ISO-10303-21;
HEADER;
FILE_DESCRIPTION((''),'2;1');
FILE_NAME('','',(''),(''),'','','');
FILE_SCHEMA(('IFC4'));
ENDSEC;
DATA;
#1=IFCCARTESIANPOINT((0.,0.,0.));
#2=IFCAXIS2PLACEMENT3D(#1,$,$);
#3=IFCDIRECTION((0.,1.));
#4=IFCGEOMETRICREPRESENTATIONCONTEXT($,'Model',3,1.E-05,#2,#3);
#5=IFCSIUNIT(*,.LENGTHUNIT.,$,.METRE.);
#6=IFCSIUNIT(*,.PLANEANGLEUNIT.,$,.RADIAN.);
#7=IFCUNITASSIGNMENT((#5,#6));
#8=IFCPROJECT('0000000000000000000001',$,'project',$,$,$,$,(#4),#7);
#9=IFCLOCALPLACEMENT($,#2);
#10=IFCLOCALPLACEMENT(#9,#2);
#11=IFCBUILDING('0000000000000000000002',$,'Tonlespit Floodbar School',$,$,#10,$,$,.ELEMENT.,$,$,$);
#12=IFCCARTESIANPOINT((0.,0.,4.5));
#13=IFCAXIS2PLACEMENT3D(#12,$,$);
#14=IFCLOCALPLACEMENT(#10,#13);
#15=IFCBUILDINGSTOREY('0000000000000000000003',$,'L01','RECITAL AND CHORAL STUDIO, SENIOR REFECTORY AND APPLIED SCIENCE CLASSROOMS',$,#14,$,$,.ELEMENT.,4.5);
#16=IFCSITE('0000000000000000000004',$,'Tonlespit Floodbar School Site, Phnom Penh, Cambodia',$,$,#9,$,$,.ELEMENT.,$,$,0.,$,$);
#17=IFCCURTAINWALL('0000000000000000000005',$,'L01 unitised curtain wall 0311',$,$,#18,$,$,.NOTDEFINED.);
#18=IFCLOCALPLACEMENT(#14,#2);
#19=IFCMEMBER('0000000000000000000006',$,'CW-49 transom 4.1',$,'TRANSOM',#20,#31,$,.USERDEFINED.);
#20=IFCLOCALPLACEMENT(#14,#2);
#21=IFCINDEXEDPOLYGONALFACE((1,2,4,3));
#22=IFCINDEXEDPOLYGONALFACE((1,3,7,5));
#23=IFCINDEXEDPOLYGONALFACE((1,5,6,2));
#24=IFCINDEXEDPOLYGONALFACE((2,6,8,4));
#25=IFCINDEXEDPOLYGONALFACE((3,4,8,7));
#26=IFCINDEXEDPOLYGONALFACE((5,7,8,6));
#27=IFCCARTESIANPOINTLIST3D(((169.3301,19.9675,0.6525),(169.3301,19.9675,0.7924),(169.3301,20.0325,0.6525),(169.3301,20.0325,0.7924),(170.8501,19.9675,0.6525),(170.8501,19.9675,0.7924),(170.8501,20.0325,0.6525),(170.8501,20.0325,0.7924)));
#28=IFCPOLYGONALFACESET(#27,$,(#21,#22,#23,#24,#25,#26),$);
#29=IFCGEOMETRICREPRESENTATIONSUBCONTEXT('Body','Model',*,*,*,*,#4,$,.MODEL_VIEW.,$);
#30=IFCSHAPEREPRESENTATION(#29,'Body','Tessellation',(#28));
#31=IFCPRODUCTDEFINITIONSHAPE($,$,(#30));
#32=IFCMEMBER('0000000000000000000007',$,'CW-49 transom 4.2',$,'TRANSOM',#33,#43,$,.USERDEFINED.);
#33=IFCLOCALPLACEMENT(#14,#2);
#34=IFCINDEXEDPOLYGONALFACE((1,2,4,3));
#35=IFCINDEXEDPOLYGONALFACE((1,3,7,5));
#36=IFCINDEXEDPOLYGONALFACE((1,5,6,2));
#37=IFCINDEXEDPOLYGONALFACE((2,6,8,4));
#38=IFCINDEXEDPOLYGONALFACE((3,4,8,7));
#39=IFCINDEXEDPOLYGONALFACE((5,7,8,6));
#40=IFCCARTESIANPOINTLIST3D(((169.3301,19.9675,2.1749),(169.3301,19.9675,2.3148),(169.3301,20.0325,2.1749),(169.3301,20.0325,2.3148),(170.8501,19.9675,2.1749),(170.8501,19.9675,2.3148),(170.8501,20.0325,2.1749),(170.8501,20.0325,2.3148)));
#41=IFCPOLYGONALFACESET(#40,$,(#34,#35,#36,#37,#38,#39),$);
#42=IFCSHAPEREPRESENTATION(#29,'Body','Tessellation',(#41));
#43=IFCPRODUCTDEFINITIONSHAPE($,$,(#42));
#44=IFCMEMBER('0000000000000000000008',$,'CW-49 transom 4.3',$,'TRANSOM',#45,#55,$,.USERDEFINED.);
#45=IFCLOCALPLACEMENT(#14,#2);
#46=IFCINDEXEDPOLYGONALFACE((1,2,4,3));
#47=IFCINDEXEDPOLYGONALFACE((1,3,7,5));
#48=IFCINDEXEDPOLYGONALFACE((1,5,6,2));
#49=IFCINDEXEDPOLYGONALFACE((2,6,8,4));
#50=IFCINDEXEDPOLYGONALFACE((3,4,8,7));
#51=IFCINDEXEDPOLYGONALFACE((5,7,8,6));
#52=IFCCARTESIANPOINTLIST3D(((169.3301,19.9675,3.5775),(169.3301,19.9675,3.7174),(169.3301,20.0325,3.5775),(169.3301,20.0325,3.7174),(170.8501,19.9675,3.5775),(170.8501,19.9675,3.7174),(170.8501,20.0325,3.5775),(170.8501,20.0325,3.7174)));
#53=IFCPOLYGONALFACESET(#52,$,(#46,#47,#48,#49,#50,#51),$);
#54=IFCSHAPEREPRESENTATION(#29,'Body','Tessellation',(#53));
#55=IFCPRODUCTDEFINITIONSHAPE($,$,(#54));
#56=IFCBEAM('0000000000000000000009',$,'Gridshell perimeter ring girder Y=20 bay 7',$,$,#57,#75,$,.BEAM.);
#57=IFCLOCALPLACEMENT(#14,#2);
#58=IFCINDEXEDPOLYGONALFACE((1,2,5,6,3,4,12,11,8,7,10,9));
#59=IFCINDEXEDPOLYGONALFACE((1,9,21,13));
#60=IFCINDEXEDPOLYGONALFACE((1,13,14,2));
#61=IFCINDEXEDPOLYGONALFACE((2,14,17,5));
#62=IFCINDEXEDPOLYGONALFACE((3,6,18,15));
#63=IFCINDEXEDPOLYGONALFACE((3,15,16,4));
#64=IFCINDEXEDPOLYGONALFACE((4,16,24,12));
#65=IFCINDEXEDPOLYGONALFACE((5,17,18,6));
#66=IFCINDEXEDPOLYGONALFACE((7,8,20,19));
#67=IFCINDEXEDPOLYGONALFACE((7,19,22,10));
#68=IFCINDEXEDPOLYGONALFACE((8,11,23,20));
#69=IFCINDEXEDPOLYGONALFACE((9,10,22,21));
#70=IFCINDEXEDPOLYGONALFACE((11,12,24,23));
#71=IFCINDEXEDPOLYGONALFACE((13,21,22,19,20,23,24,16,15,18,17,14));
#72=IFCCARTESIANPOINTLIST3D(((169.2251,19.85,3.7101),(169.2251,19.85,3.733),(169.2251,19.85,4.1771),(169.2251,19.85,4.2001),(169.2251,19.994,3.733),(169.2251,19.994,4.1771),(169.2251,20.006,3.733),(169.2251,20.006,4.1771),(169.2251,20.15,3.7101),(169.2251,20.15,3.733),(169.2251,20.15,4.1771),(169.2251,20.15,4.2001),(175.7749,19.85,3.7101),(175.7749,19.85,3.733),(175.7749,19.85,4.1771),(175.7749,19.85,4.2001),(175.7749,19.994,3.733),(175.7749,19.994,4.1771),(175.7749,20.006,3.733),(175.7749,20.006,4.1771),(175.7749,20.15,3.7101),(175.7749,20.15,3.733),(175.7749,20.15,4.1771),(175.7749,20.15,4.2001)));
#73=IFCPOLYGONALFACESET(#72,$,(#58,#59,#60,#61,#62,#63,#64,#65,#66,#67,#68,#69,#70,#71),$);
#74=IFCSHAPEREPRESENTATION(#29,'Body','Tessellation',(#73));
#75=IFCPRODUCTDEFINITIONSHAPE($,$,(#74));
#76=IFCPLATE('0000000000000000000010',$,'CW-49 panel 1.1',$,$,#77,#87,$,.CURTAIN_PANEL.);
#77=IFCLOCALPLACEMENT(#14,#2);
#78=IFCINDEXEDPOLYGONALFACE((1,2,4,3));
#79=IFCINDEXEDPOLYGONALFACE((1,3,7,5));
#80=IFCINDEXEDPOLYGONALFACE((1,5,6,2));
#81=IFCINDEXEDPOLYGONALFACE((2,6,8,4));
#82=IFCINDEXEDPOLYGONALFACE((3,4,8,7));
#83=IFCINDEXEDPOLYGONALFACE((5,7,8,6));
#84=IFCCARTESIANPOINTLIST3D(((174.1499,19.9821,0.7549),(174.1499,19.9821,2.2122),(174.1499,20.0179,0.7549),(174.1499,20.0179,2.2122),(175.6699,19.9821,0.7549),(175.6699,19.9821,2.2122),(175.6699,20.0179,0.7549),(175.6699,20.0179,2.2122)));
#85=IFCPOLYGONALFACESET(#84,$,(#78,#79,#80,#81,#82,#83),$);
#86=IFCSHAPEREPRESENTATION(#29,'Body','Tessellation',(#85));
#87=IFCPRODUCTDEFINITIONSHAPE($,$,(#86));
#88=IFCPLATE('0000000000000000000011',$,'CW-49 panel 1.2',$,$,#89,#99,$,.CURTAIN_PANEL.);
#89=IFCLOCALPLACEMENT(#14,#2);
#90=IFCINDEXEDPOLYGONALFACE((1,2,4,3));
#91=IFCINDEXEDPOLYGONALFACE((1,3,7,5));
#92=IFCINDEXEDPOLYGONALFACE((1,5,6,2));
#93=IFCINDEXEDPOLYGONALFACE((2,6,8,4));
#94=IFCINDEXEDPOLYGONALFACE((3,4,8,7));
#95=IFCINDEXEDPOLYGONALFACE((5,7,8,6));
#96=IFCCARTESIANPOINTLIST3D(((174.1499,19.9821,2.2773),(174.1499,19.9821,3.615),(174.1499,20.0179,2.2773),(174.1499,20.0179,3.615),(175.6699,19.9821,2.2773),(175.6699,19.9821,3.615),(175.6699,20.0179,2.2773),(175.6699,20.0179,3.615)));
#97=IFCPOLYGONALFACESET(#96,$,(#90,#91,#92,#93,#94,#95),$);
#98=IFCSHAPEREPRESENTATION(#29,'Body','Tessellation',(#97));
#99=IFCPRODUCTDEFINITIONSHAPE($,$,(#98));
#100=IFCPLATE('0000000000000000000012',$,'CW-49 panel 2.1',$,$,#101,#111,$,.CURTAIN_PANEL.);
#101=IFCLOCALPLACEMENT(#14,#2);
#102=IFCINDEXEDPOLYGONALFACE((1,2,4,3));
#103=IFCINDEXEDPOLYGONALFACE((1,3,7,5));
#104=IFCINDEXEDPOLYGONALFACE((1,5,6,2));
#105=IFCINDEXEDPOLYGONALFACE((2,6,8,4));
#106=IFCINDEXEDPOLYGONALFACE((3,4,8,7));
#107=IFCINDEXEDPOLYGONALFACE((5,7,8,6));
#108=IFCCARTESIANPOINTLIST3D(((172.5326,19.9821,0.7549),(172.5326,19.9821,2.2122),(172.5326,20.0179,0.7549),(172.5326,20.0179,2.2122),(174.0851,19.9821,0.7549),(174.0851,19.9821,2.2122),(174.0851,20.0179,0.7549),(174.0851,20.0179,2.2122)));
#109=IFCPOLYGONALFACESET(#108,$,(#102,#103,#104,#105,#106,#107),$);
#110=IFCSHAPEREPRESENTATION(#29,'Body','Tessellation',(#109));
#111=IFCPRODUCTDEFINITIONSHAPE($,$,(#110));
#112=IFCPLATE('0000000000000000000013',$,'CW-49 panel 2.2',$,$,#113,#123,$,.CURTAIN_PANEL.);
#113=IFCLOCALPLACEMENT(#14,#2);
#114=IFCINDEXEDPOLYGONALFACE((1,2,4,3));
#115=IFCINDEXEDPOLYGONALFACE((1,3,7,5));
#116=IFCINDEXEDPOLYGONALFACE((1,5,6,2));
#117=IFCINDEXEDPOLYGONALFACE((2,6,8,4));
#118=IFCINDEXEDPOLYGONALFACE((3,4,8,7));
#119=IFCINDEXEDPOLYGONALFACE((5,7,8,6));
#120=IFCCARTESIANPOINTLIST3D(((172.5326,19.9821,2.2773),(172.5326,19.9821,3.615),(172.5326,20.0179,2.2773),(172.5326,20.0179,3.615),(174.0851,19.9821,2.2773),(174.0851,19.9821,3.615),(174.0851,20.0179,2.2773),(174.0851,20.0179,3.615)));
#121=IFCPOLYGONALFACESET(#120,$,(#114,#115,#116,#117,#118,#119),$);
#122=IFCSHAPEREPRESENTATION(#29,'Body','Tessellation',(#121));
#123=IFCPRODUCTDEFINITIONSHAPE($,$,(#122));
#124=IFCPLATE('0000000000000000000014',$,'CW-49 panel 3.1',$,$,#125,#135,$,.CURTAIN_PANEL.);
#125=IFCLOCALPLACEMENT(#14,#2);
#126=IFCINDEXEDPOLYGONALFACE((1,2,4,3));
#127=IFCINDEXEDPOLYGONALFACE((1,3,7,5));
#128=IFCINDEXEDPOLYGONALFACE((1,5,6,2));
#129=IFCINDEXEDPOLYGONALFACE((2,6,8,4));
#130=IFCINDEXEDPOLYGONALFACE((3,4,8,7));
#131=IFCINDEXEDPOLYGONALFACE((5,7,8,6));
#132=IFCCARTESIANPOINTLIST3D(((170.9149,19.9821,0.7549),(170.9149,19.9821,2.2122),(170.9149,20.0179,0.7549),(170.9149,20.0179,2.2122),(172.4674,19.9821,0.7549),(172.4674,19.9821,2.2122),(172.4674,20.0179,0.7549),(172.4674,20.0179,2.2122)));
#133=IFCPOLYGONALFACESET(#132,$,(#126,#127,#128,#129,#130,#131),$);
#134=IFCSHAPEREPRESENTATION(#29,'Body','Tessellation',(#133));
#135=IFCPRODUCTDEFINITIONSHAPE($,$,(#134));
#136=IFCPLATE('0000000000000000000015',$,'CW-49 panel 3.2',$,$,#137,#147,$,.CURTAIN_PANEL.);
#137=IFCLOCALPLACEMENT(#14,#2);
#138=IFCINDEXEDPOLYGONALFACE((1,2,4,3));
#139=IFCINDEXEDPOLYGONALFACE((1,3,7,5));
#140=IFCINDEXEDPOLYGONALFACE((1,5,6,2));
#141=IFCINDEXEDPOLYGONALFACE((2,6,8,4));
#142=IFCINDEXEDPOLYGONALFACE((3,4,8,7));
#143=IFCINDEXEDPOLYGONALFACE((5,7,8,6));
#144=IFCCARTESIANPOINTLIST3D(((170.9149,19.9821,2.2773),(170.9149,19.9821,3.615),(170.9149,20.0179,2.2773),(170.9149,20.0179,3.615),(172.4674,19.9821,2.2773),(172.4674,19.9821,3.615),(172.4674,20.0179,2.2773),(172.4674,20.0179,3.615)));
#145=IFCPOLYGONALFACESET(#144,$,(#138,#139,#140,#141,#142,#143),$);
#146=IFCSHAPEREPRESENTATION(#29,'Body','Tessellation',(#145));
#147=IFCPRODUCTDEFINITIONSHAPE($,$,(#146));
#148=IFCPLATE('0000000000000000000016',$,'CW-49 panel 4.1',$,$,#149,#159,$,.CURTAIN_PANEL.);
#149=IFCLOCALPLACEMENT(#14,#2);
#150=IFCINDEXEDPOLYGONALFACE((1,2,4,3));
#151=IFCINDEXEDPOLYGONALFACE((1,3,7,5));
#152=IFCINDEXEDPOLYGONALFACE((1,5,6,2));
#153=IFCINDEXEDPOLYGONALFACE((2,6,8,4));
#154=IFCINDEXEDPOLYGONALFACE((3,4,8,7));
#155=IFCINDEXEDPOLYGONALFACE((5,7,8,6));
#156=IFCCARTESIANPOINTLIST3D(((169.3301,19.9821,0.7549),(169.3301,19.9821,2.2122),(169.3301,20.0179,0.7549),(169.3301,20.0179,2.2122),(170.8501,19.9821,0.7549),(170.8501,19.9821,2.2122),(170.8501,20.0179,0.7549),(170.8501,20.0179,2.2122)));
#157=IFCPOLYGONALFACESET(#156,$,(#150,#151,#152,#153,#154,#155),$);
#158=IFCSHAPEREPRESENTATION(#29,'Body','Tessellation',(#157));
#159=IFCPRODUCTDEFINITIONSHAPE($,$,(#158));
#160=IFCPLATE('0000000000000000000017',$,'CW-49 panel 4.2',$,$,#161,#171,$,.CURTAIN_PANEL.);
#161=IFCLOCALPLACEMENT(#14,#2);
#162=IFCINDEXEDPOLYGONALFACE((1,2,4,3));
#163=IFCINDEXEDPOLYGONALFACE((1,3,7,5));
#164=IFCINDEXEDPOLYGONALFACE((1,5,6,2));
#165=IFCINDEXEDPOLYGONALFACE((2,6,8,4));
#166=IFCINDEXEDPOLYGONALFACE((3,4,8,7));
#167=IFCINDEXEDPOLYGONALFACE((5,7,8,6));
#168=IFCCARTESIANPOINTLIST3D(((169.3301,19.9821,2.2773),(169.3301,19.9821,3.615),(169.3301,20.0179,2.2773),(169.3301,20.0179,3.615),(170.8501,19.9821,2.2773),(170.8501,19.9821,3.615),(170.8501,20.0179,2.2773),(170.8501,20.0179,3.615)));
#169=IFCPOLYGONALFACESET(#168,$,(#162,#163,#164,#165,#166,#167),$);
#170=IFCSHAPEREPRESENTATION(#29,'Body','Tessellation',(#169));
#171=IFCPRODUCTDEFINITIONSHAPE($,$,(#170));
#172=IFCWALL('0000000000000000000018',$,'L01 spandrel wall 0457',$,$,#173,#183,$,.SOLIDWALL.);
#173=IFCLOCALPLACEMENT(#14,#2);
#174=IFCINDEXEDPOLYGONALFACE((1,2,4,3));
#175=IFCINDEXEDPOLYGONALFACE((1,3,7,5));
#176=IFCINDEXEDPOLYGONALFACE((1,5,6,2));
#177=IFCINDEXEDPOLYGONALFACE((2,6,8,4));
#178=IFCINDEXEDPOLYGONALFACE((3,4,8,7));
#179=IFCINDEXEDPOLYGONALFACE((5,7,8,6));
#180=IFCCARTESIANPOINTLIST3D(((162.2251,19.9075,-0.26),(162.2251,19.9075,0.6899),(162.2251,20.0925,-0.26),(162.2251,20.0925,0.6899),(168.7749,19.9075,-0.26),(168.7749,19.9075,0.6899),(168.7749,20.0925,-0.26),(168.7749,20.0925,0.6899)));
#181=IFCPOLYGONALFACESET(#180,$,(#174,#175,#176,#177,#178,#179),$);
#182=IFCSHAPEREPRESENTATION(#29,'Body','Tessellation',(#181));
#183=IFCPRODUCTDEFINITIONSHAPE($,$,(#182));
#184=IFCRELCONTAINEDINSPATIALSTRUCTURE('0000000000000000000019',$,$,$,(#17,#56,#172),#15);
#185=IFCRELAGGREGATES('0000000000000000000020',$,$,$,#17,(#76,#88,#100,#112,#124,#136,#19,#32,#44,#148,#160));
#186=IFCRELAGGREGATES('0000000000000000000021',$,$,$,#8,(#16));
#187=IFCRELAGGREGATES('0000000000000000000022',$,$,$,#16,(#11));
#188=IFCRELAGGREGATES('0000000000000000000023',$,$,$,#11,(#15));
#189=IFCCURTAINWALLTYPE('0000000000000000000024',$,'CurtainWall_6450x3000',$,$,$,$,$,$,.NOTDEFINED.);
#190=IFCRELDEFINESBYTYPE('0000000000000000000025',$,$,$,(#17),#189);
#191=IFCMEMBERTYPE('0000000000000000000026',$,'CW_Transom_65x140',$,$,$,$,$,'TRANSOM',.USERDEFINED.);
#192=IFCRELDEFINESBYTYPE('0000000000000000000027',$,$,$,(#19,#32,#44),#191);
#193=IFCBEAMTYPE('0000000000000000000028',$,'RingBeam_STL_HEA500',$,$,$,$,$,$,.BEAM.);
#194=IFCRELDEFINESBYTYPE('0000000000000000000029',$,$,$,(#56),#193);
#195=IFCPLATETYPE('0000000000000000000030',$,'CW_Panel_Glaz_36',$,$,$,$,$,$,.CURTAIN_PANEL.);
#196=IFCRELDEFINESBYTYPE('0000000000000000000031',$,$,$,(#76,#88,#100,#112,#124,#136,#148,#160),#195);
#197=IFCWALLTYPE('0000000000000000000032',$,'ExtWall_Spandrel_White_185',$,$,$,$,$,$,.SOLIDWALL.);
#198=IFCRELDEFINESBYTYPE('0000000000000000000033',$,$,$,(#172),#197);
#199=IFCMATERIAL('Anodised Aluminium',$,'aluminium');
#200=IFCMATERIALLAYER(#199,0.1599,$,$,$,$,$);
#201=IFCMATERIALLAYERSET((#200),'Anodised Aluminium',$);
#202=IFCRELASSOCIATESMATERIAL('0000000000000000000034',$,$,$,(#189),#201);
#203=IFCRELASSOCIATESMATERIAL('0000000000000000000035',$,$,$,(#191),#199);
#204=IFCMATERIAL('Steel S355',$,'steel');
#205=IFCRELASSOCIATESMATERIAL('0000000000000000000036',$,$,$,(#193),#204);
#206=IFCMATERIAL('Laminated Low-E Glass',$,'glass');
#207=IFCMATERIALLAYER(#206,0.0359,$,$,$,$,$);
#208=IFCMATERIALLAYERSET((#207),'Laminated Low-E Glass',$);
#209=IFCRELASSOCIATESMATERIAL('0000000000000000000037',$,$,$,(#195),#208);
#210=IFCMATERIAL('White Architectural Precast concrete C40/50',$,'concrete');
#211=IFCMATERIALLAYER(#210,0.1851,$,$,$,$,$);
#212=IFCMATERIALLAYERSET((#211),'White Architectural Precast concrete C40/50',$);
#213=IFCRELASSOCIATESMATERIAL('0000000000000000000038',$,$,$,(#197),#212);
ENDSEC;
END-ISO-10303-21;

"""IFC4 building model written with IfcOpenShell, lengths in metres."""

from ifc_helpers import new_model, si_unit, direction, frame, frame_2d, origin, origin_2d, place, context, subcontext, project, spatial, rectangle, i_section, extrude, material, layer, layer_set, material_profile, profile_set, type_object, element, aggregate, save


model = new_model("IFC4")

# Units and contexts
model_context = context("Model", 3, precision=1e-05, world=origin(), true_north=direction((0.0, 1.0)))
body_context = subcontext(model_context, "Body", "Model", "MODEL_VIEW")
ifc_project = project(units=[si_unit("LENGTHUNIT", "METRE"), si_unit("PLANEANGLEUNIT", "RADIAN")], contexts=[model_context])

# Site, building, storey
site_placement = place(None, origin())
site = spatial("IfcSite", under=ifc_project, at=site_placement, Name="Tonlespit Floodbar School Site, Phnom Penh, Cambodia", CompositionType="ELEMENT", RefElevation=0.0)
building_placement = place(site_placement, origin())
building = spatial("IfcBuilding", under=site, at=building_placement, Name="Tonlespit Floodbar School", CompositionType="ELEMENT")
storey_placement = place(building_placement, frame((0.0, 0.0, 4.5)))
storey = spatial("IfcBuildingStorey", under=building, at=storey_placement, Name="L01", Description="RECITAL AND CHORAL STUDIO, SENIOR REFECTORY AND APPLIED SCIENCE CLASSROOMS", CompositionType="ELEMENT", Elevation=4.5)

# Shared definitions
ifc_material_1 = material(Name="Anodised Aluminium", Category="aluminium")
ifc_layer_1 = layer(ifc_material_1, 0.1599)
ifc_layer_set_1 = layer_set([ifc_layer_1], Name="Anodised Aluminium")
curtain_wall_type = type_object("IfcCurtainWallType", Name="CurtainWall_6450x3000", PredefinedType="NOTDEFINED", material=ifc_layer_set_1)

# Curtain wall, members
curtain_wall_1_placement = place(storey_placement, origin())
curtain_wall_1 = element("IfcCurtainWall", 1, at=curtain_wall_1_placement, inside=storey, type_object=curtain_wall_type, Name="L01 unitised curtain wall 0311", PredefinedType="NOTDEFINED")
ifc_material_profile_1 = material_profile(ifc_material_1, rectangle(XDim=0.0649, YDim=0.1399, at=origin_2d()), Name="ALU T65x140")
ifc_profile_set_1 = profile_set([ifc_material_profile_1], Name="Anodised Aluminium")
member_type_1 = type_object("IfcMemberType", Name="CW_Transom_65x140", ElementType="TRANSOM", PredefinedType="USERDEFINED", material=ifc_profile_set_1)
member_1_placement = place(storey_placement, frame((170.8501, 20.0, 0.7224), z_axis=(-1.0, 0.0, 0.0), x_axis=(0.0, -1.0, 0.0)))
member_1 = element("IfcMember", 2, at=member_1_placement, type_object=member_type_1, Name="CW-49 transom 4.1", ObjectType="TRANSOM", PredefinedType="USERDEFINED", context=body_context, shape_type="SweptSolid", body=[
    extrude(rectangle(XDim=0.0649, YDim=0.1399, at=origin_2d()), origin(), (0.0, 0.0, 1.0), 1.52),
])
member_2_placement = place(storey_placement, frame((170.8501, 20.0, 2.2449), z_axis=(-1.0, 0.0, 0.0), x_axis=(0.0, -1.0, 0.0)))
member_2 = element("IfcMember", 3, at=member_2_placement, type_object=member_type_1, Name="CW-49 transom 4.2", ObjectType="TRANSOM", PredefinedType="USERDEFINED", context=body_context, shape_type="SweptSolid", body=[
    extrude(rectangle(XDim=0.0649, YDim=0.1399, at=origin_2d()), origin(), (0.0, 0.0, 1.0), 1.52),
])
member_3_placement = place(storey_placement, frame((170.8501, 20.0, 3.6475), z_axis=(-1.0, 0.0, 0.0), x_axis=(0.0, -1.0, 0.0)))
member_3 = element("IfcMember", 4, at=member_3_placement, type_object=member_type_1, Name="CW-49 transom 4.3", ObjectType="TRANSOM", PredefinedType="USERDEFINED", context=body_context, shape_type="SweptSolid", body=[
    extrude(rectangle(XDim=0.0649, YDim=0.1399, at=origin_2d()), origin(), (0.0, 0.0, 1.0), 1.52),
])

# Beam
ifc_material_2 = material(Name="Steel S355", Category="steel")
ifc_material_profile_2 = material_profile(ifc_material_2, i_section(OverallWidth=0.3, OverallDepth=0.49, WebThickness=0.012, FlangeThickness=0.0229, at=origin_2d()), Name="HEA 500")
ifc_profile_set_2 = profile_set([ifc_material_profile_2], Name="Steel S355")
beam_type = type_object("IfcBeamType", Name="RingBeam_STL_HEA500", PredefinedType="BEAM", material=ifc_profile_set_2)
beam_placement = place(storey_placement, frame((169.2251, 20.0, 3.9551), z_axis=(1.0, 0.0, 0.0), x_axis=(0.0, 1.0, 0.0)))
element("IfcBeam", 5, at=beam_placement, inside=storey, type_object=beam_type, Name="Gridshell perimeter ring girder Y=20 bay 7", PredefinedType="BEAM", context=body_context, shape_type="SweptSolid", body=[
    extrude(i_section(OverallWidth=0.3, OverallDepth=0.49, WebThickness=0.012, FlangeThickness=0.0229, at=origin_2d()), origin(), (0.0, 0.0, 1.0), 6.5498),
])

# Plates
ifc_material_3 = material(Name="Laminated Low-E Glass", Category="glass")
ifc_layer_2 = layer(ifc_material_3, 0.0359)
ifc_layer_set_2 = layer_set([ifc_layer_2], Name="Laminated Low-E Glass")
plate_type = type_object("IfcPlateType", Name="CW_Panel_Glaz_36", PredefinedType="CURTAIN_PANEL", material=ifc_layer_set_2)
plate_1_placement = place(storey_placement, frame((174.9099, 20.0, 0.7549), z_axis=(0.0, 0.0, 1.0), x_axis=(-1.0, 0.0, 0.0)))
plate_1 = element("IfcPlate", 6, at=plate_1_placement, type_object=plate_type, Name="CW-49 panel 1.1", PredefinedType="CURTAIN_PANEL", context=body_context, shape_type="SweptSolid", body=[
    extrude(rectangle(XDim=1.52, YDim=0.0359, at=origin_2d()), origin(), (0.0, 0.0, 1.0), 1.4573),
])
plate_2_placement = place(storey_placement, frame((174.9099, 20.0, 2.2773), z_axis=(0.0, 0.0, 1.0), x_axis=(-1.0, 0.0, 0.0)))
plate_2 = element("IfcPlate", 7, at=plate_2_placement, type_object=plate_type, Name="CW-49 panel 1.2", PredefinedType="CURTAIN_PANEL", context=body_context, shape_type="SweptSolid", body=[
    extrude(rectangle(XDim=1.52, YDim=0.0359, at=origin_2d()), origin(), (0.0, 0.0, 1.0), 1.3376),
])
plate_3_placement = place(storey_placement, frame((173.3088, 20.0, 0.7549), z_axis=(0.0, 0.0, 1.0), x_axis=(-1.0, 0.0, 0.0)))
plate_3 = element("IfcPlate", 8, at=plate_3_placement, type_object=plate_type, Name="CW-49 panel 2.1", PredefinedType="CURTAIN_PANEL", context=body_context, shape_type="SweptSolid", body=[
    extrude(rectangle(XDim=1.5525, YDim=0.0359, at=origin_2d()), origin(), (0.0, 0.0, 1.0), 1.4573),
])
plate_4_placement = place(storey_placement, frame((173.3088, 20.0, 2.2773), z_axis=(0.0, 0.0, 1.0), x_axis=(-1.0, 0.0, 0.0)))
plate_4 = element("IfcPlate", 9, at=plate_4_placement, type_object=plate_type, Name="CW-49 panel 2.2", PredefinedType="CURTAIN_PANEL", context=body_context, shape_type="SweptSolid", body=[
    extrude(rectangle(XDim=1.5525, YDim=0.0359, at=origin_2d()), origin(), (0.0, 0.0, 1.0), 1.3376),
])
plate_5_placement = place(storey_placement, frame((171.6912, 20.0, 0.7549), z_axis=(0.0, 0.0, 1.0), x_axis=(-1.0, 0.0, 0.0)))
plate_5 = element("IfcPlate", 10, at=plate_5_placement, type_object=plate_type, Name="CW-49 panel 3.1", PredefinedType="CURTAIN_PANEL", context=body_context, shape_type="SweptSolid", body=[
    extrude(rectangle(XDim=1.5525, YDim=0.0359, at=origin_2d()), origin(), (0.0, 0.0, 1.0), 1.4573),
])
plate_6_placement = place(storey_placement, frame((171.6912, 20.0, 2.2773), z_axis=(0.0, 0.0, 1.0), x_axis=(-1.0, 0.0, 0.0)))
plate_6 = element("IfcPlate", 11, at=plate_6_placement, type_object=plate_type, Name="CW-49 panel 3.2", PredefinedType="CURTAIN_PANEL", context=body_context, shape_type="SweptSolid", body=[
    extrude(rectangle(XDim=1.5525, YDim=0.0359, at=origin_2d()), origin(), (0.0, 0.0, 1.0), 1.3376),
])
plate_7_placement = place(storey_placement, frame((170.0901, 20.0, 0.7549), z_axis=(0.0, 0.0, 1.0), x_axis=(-1.0, 0.0, 0.0)))
plate_7 = element("IfcPlate", 12, at=plate_7_placement, type_object=plate_type, Name="CW-49 panel 4.1", PredefinedType="CURTAIN_PANEL", context=body_context, shape_type="SweptSolid", body=[
    extrude(rectangle(XDim=1.52, YDim=0.0359, at=origin_2d()), origin(), (0.0, 0.0, 1.0), 1.4573),
])
plate_8_placement = place(storey_placement, frame((170.0901, 20.0, 2.2773), z_axis=(0.0, 0.0, 1.0), x_axis=(-1.0, 0.0, 0.0)))
plate_8 = element("IfcPlate", 13, at=plate_8_placement, type_object=plate_type, Name="CW-49 panel 4.2", PredefinedType="CURTAIN_PANEL", context=body_context, shape_type="SweptSolid", body=[
    extrude(rectangle(XDim=1.52, YDim=0.0359, at=origin_2d()), origin(), (0.0, 0.0, 1.0), 1.3376),
])
aggregate(curtain_wall_1, [plate_1, plate_2, plate_3, plate_4, plate_5, plate_6, member_1, member_2, member_3, plate_7, plate_8])

# Wall
ifc_material_4 = material(Name="White Architectural Precast concrete C40/50", Category="concrete")
ifc_layer_3 = layer(ifc_material_4, 0.1851)
ifc_layer_set_3 = layer_set([ifc_layer_3], Name="White Architectural Precast concrete C40/50")
wall_type = type_object("IfcWallType", Name="ExtWall_Spandrel_White_185", PredefinedType="SOLIDWALL", material=ifc_layer_set_3)
wall_placement = place(storey_placement, frame((168.7749, 20.0, -0.26), z_axis=(0.0, 0.0, 1.0), x_axis=(-1.0, 0.0, 0.0)))
element("IfcWall", 14, at=wall_placement, inside=storey, type_object=wall_type, Name="L01 spandrel wall 0457", PredefinedType="SOLIDWALL", context=body_context, shape_type="SweptSolid", body=[
    extrude(rectangle(XDim=6.5498, YDim=0.1851, at=frame_2d((3.2749, 0.0))), origin(), (0.0, 0.0, 1.0), 0.95),
])

save(model, "model.ifc")
